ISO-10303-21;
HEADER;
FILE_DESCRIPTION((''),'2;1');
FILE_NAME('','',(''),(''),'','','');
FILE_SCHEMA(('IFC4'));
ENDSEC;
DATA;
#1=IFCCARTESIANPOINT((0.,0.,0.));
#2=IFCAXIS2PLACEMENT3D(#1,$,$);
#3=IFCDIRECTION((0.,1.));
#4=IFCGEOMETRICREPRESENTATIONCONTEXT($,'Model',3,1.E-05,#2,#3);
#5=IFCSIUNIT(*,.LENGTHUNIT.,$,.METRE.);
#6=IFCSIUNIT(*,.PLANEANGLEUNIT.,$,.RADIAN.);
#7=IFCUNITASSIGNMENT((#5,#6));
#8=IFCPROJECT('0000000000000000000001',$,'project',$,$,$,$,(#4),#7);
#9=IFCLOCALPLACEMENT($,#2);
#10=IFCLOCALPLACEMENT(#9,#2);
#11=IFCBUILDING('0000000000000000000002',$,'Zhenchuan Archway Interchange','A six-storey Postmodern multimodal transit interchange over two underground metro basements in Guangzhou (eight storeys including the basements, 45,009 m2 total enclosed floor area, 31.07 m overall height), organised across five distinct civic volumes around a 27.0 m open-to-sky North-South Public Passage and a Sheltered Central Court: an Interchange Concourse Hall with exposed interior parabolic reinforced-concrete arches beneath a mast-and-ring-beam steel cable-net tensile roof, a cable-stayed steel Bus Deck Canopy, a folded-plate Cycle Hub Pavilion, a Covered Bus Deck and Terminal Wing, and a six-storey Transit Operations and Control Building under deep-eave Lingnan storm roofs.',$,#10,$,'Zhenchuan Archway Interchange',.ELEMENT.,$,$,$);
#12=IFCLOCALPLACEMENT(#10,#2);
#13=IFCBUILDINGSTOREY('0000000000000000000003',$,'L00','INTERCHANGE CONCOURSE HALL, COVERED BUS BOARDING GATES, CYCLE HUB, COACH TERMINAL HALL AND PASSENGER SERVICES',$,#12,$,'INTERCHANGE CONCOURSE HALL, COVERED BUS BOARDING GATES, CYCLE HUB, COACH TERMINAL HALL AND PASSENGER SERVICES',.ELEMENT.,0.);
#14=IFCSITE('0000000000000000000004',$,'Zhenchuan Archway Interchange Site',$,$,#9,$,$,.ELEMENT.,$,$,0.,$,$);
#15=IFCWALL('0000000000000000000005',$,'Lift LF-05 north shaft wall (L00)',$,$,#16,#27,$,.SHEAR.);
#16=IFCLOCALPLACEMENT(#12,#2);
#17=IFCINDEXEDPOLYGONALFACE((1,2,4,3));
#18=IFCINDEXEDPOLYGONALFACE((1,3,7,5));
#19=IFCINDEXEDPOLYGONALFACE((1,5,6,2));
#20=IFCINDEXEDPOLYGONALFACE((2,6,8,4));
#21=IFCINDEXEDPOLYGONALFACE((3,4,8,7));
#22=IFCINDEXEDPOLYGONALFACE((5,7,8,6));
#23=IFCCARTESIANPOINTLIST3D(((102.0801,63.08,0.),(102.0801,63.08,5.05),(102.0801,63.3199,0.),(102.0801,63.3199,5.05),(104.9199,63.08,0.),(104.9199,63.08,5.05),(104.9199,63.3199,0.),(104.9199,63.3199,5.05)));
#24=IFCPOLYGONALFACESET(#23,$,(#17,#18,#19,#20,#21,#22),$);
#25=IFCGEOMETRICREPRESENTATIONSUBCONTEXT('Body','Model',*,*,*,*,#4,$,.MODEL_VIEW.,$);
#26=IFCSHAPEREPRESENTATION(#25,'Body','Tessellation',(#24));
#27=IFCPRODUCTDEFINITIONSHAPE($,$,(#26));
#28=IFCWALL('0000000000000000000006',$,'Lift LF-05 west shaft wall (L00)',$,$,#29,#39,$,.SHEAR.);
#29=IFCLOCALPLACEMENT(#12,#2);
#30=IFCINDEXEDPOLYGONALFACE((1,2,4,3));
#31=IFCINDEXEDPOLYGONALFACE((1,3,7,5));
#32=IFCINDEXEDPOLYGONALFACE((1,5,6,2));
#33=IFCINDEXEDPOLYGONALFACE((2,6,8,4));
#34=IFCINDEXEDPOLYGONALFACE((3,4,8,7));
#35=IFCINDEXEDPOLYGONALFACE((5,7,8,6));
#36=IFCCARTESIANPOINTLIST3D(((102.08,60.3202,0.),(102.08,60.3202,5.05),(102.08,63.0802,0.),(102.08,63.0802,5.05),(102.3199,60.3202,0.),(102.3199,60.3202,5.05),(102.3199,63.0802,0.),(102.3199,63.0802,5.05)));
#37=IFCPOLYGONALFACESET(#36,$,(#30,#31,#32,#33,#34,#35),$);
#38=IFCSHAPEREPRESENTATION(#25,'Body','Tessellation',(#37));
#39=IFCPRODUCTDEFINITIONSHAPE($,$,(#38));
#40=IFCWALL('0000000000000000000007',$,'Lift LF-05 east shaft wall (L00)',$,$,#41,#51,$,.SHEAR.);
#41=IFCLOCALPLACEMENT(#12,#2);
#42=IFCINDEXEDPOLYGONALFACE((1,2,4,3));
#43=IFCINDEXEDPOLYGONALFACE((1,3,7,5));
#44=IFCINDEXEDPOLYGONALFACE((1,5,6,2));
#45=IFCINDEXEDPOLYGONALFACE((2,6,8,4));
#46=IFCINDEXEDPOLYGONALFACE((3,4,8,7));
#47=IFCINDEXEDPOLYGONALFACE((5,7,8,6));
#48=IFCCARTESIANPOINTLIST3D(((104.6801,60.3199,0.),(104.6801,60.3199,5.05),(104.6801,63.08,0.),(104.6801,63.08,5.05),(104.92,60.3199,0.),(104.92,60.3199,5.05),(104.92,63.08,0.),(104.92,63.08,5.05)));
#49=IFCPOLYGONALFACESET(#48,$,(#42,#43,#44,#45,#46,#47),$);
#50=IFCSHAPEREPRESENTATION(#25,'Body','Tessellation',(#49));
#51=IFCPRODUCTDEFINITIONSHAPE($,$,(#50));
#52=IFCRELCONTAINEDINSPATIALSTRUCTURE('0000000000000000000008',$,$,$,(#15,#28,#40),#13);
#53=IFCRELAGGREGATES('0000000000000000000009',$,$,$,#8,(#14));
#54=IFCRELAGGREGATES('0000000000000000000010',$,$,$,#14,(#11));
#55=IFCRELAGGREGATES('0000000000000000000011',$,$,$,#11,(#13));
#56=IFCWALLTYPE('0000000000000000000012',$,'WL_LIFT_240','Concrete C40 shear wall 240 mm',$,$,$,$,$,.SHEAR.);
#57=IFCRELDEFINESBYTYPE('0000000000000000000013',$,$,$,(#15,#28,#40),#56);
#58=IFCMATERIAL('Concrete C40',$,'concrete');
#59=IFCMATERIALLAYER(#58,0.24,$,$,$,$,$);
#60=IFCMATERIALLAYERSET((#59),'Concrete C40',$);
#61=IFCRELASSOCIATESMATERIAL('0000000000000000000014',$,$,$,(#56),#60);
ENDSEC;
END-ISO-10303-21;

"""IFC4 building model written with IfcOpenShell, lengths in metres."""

from ifc_helpers import new_model, si_unit, direction, frame, frame_2d, origin, place, context, subcontext, project, spatial, rectangle, extrude, material, layer, layer_set, type_object, element, save


model = new_model("IFC4")

# Units and contexts
model_context = context("Model", 3, precision=1e-05, world=origin(), true_north=direction((0.0, 1.0)))
body_context = subcontext(model_context, "Body", "Model", "MODEL_VIEW")
ifc_project = project(units=[si_unit("LENGTHUNIT", "METRE"), si_unit("PLANEANGLEUNIT", "RADIAN")], contexts=[model_context])

# Site, building, storey
site_placement = place(None, origin())
site = spatial("IfcSite", under=ifc_project, at=site_placement, Name="Zhenchuan Archway Interchange Site", CompositionType="ELEMENT", RefElevation=0.0)
building_placement = place(site_placement, origin())
building = spatial("IfcBuilding", under=site, at=building_placement, Name="Zhenchuan Archway Interchange", Description="A six-storey Postmodern multimodal transit interchange over two underground metro basements in Guangzhou (eight storeys including the basements, 45,009 m2 total enclosed floor area, 31.07 m overall height), organised across five distinct civic volumes around a 27.0 m open-to-sky North-South Public Passage and a Sheltered Central Court: an Interchange Concourse Hall with exposed interior parabolic reinforced-concrete arches beneath a mast-and-ring-beam steel cable-net tensile roof, a cable-stayed steel Bus Deck Canopy, a folded-plate Cycle Hub Pavilion, a Covered Bus Deck and Terminal Wing, and a six-storey Transit Operations and Control Building under deep-eave Lingnan storm roofs.", LongName="Zhenchuan Archway Interchange", CompositionType="ELEMENT")
storey_placement = place(building_placement, origin())
storey = spatial("IfcBuildingStorey", under=building, at=storey_placement, Name="L00", Description="INTERCHANGE CONCOURSE HALL, COVERED BUS BOARDING GATES, CYCLE HUB, COACH TERMINAL HALL AND PASSENGER SERVICES", LongName="INTERCHANGE CONCOURSE HALL, COVERED BUS BOARDING GATES, CYCLE HUB, COACH TERMINAL HALL AND PASSENGER SERVICES", CompositionType="ELEMENT", Elevation=0.0)

# Shared definitions
ifc_material_1 = material(Name="Concrete C40", Category="concrete")
ifc_layer_1 = layer(ifc_material_1, 0.24)
ifc_layer_set_1 = layer_set([ifc_layer_1], Name="Concrete C40")
wall_type = type_object("IfcWallType", Name="WL_LIFT_240", Description="Concrete C40 shear wall 240 mm", PredefinedType="SHEAR", material=ifc_layer_set_1)

# Walls
wall_1_placement = place(storey_placement, frame((104.9199, 63.2, 0.0), z_axis=(0.0, 0.0, 1.0), x_axis=(-1.0, 0.0, 0.0)))
element("IfcWall", 1, at=wall_1_placement, inside=storey, type_object=wall_type, Name="Lift LF-05 north shaft wall (L00)", PredefinedType="SHEAR", context=body_context, shape_type="SweptSolid", body=[
    extrude(rectangle(XDim=2.8398, YDim=0.24, at=frame_2d((1.4199, 0.0))), origin(), (0.0, 0.0, 1.0), 5.05),
])
for number, where, z_axis, x_axis, name in (
    (2, (102.2, 63.0801, 0.0), (0.0, 0.0, 1.0), (0.0, -1.0, 0.0), "Lift LF-05 west shaft wall (L00)"),
    (3, (104.8, 60.3201, 0.0), (0.0, 0.0, 1.0), (0.0, 1.0, 0.0), "Lift LF-05 east shaft wall (L00)"),
):
    element("IfcWall", number, at=place(storey_placement, frame(where, z_axis=z_axis, x_axis=x_axis)), inside=storey, type_object=wall_type, Name=name, PredefinedType="SHEAR", context=body_context, shape_type="SweptSolid", body=[
        extrude(rectangle(XDim=2.76, YDim=0.24, at=frame_2d((1.3799, 0.0))), origin(), (0.0, 0.0, 1.0), 5.05),
    ])

save(model, "model.ifc")
